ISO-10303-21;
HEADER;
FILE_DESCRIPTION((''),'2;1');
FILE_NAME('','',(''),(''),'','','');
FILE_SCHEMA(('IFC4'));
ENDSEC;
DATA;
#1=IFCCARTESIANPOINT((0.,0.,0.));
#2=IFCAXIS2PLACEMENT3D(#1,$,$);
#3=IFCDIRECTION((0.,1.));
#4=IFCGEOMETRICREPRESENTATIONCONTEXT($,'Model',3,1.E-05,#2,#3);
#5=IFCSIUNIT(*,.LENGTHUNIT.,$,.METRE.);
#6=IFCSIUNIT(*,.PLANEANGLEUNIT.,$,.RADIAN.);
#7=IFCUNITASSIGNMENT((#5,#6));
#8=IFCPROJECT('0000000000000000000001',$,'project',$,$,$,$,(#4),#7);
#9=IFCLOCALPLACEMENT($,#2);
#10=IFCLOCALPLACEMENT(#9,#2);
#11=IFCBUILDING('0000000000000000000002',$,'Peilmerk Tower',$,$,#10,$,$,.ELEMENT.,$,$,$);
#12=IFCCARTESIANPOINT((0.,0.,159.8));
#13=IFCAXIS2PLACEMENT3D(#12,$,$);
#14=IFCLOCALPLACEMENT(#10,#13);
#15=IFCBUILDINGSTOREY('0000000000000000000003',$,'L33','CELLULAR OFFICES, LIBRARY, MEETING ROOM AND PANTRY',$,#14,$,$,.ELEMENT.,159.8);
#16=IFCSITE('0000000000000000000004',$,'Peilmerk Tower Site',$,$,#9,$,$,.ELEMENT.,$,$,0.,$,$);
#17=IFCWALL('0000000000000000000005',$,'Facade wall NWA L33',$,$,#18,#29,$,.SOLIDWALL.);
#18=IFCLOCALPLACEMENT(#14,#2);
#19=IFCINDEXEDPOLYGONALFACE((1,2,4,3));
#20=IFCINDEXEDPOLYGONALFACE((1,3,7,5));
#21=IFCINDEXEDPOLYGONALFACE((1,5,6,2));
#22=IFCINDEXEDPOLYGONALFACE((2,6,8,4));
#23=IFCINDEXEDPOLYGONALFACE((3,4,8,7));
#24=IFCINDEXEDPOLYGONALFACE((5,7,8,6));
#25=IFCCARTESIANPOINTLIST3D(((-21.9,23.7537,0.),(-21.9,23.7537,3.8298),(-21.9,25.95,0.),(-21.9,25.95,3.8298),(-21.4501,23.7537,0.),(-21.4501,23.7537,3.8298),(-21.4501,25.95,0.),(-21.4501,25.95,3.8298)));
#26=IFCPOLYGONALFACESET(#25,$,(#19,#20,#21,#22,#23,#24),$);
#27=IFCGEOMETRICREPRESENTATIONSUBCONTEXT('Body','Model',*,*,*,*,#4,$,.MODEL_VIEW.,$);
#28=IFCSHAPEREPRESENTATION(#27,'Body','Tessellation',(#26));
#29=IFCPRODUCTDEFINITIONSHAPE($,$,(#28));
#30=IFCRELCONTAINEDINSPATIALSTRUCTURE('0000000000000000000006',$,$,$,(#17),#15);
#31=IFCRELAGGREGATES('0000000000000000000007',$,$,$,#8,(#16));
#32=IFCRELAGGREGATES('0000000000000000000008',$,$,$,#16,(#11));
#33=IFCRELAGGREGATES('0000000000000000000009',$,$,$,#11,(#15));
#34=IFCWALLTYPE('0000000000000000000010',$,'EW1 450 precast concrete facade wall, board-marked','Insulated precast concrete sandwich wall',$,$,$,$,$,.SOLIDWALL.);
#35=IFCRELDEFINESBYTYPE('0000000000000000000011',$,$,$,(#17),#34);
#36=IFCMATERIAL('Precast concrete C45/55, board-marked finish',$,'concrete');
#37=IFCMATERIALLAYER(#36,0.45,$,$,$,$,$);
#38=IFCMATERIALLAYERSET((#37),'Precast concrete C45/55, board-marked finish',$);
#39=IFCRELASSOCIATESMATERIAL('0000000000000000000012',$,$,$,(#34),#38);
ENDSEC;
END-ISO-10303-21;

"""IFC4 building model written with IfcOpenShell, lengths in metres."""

from ifc_helpers import new_model, si_unit, direction, frame, frame_2d, origin, place, context, subcontext, project, spatial, rectangle, extrude, material, layer, layer_set, type_object, element, save


model = new_model("IFC4")

# Units and contexts
model_context = context("Model", 3, precision=1e-05, world=origin(), true_north=direction((0.0, 1.0)))
body_context = subcontext(model_context, "Body", "Model", "MODEL_VIEW")
ifc_project = project(units=[si_unit("LENGTHUNIT", "METRE"), si_unit("PLANEANGLEUNIT", "RADIAN")], contexts=[model_context])

# Site, building, storey
site_placement = place(None, origin())
site = spatial("IfcSite", under=ifc_project, at=site_placement, Name="Peilmerk Tower Site", CompositionType="ELEMENT", RefElevation=0.0)
building_placement = place(site_placement, origin())
building = spatial("IfcBuilding", under=site, at=building_placement, Name="Peilmerk Tower", CompositionType="ELEMENT")
storey_placement = place(building_placement, frame((0.0, 0.0, 159.8)))
storey = spatial("IfcBuildingStorey", under=building, at=storey_placement, Name="L33", Description="CELLULAR OFFICES, LIBRARY, MEETING ROOM AND PANTRY", CompositionType="ELEMENT", Elevation=159.8)

# Shared definitions
ifc_material_1 = material(Name="Precast concrete C45/55, board-marked finish", Category="concrete")
ifc_layer_1 = layer(ifc_material_1, 0.45)
ifc_layer_set_1 = layer_set([ifc_layer_1], Name="Precast concrete C45/55, board-marked finish")
wall_type = type_object("IfcWallType", Name="EW1 450 precast concrete facade wall, board-marked", Description="Insulated precast concrete sandwich wall", PredefinedType="SOLIDWALL", material=ifc_layer_set_1)

# Wall
wall_1_placement = place(storey_placement, frame((-21.675, 23.7537, 0.0), z_axis=(0.0, 0.0, 1.0), x_axis=(0.0, 1.0, 0.0)))
element("IfcWall", 1, at=wall_1_placement, inside=storey, type_object=wall_type, Name="Facade wall NWA L33", PredefinedType="SOLIDWALL", context=body_context, shape_type="SweptSolid", body=[
    extrude(rectangle(XDim=2.1963, YDim=0.45, at=frame_2d((1.0981, 0.0))), origin(), (0.0, 0.0, 1.0), 3.8298),
])

save(model, "model.ifc")
